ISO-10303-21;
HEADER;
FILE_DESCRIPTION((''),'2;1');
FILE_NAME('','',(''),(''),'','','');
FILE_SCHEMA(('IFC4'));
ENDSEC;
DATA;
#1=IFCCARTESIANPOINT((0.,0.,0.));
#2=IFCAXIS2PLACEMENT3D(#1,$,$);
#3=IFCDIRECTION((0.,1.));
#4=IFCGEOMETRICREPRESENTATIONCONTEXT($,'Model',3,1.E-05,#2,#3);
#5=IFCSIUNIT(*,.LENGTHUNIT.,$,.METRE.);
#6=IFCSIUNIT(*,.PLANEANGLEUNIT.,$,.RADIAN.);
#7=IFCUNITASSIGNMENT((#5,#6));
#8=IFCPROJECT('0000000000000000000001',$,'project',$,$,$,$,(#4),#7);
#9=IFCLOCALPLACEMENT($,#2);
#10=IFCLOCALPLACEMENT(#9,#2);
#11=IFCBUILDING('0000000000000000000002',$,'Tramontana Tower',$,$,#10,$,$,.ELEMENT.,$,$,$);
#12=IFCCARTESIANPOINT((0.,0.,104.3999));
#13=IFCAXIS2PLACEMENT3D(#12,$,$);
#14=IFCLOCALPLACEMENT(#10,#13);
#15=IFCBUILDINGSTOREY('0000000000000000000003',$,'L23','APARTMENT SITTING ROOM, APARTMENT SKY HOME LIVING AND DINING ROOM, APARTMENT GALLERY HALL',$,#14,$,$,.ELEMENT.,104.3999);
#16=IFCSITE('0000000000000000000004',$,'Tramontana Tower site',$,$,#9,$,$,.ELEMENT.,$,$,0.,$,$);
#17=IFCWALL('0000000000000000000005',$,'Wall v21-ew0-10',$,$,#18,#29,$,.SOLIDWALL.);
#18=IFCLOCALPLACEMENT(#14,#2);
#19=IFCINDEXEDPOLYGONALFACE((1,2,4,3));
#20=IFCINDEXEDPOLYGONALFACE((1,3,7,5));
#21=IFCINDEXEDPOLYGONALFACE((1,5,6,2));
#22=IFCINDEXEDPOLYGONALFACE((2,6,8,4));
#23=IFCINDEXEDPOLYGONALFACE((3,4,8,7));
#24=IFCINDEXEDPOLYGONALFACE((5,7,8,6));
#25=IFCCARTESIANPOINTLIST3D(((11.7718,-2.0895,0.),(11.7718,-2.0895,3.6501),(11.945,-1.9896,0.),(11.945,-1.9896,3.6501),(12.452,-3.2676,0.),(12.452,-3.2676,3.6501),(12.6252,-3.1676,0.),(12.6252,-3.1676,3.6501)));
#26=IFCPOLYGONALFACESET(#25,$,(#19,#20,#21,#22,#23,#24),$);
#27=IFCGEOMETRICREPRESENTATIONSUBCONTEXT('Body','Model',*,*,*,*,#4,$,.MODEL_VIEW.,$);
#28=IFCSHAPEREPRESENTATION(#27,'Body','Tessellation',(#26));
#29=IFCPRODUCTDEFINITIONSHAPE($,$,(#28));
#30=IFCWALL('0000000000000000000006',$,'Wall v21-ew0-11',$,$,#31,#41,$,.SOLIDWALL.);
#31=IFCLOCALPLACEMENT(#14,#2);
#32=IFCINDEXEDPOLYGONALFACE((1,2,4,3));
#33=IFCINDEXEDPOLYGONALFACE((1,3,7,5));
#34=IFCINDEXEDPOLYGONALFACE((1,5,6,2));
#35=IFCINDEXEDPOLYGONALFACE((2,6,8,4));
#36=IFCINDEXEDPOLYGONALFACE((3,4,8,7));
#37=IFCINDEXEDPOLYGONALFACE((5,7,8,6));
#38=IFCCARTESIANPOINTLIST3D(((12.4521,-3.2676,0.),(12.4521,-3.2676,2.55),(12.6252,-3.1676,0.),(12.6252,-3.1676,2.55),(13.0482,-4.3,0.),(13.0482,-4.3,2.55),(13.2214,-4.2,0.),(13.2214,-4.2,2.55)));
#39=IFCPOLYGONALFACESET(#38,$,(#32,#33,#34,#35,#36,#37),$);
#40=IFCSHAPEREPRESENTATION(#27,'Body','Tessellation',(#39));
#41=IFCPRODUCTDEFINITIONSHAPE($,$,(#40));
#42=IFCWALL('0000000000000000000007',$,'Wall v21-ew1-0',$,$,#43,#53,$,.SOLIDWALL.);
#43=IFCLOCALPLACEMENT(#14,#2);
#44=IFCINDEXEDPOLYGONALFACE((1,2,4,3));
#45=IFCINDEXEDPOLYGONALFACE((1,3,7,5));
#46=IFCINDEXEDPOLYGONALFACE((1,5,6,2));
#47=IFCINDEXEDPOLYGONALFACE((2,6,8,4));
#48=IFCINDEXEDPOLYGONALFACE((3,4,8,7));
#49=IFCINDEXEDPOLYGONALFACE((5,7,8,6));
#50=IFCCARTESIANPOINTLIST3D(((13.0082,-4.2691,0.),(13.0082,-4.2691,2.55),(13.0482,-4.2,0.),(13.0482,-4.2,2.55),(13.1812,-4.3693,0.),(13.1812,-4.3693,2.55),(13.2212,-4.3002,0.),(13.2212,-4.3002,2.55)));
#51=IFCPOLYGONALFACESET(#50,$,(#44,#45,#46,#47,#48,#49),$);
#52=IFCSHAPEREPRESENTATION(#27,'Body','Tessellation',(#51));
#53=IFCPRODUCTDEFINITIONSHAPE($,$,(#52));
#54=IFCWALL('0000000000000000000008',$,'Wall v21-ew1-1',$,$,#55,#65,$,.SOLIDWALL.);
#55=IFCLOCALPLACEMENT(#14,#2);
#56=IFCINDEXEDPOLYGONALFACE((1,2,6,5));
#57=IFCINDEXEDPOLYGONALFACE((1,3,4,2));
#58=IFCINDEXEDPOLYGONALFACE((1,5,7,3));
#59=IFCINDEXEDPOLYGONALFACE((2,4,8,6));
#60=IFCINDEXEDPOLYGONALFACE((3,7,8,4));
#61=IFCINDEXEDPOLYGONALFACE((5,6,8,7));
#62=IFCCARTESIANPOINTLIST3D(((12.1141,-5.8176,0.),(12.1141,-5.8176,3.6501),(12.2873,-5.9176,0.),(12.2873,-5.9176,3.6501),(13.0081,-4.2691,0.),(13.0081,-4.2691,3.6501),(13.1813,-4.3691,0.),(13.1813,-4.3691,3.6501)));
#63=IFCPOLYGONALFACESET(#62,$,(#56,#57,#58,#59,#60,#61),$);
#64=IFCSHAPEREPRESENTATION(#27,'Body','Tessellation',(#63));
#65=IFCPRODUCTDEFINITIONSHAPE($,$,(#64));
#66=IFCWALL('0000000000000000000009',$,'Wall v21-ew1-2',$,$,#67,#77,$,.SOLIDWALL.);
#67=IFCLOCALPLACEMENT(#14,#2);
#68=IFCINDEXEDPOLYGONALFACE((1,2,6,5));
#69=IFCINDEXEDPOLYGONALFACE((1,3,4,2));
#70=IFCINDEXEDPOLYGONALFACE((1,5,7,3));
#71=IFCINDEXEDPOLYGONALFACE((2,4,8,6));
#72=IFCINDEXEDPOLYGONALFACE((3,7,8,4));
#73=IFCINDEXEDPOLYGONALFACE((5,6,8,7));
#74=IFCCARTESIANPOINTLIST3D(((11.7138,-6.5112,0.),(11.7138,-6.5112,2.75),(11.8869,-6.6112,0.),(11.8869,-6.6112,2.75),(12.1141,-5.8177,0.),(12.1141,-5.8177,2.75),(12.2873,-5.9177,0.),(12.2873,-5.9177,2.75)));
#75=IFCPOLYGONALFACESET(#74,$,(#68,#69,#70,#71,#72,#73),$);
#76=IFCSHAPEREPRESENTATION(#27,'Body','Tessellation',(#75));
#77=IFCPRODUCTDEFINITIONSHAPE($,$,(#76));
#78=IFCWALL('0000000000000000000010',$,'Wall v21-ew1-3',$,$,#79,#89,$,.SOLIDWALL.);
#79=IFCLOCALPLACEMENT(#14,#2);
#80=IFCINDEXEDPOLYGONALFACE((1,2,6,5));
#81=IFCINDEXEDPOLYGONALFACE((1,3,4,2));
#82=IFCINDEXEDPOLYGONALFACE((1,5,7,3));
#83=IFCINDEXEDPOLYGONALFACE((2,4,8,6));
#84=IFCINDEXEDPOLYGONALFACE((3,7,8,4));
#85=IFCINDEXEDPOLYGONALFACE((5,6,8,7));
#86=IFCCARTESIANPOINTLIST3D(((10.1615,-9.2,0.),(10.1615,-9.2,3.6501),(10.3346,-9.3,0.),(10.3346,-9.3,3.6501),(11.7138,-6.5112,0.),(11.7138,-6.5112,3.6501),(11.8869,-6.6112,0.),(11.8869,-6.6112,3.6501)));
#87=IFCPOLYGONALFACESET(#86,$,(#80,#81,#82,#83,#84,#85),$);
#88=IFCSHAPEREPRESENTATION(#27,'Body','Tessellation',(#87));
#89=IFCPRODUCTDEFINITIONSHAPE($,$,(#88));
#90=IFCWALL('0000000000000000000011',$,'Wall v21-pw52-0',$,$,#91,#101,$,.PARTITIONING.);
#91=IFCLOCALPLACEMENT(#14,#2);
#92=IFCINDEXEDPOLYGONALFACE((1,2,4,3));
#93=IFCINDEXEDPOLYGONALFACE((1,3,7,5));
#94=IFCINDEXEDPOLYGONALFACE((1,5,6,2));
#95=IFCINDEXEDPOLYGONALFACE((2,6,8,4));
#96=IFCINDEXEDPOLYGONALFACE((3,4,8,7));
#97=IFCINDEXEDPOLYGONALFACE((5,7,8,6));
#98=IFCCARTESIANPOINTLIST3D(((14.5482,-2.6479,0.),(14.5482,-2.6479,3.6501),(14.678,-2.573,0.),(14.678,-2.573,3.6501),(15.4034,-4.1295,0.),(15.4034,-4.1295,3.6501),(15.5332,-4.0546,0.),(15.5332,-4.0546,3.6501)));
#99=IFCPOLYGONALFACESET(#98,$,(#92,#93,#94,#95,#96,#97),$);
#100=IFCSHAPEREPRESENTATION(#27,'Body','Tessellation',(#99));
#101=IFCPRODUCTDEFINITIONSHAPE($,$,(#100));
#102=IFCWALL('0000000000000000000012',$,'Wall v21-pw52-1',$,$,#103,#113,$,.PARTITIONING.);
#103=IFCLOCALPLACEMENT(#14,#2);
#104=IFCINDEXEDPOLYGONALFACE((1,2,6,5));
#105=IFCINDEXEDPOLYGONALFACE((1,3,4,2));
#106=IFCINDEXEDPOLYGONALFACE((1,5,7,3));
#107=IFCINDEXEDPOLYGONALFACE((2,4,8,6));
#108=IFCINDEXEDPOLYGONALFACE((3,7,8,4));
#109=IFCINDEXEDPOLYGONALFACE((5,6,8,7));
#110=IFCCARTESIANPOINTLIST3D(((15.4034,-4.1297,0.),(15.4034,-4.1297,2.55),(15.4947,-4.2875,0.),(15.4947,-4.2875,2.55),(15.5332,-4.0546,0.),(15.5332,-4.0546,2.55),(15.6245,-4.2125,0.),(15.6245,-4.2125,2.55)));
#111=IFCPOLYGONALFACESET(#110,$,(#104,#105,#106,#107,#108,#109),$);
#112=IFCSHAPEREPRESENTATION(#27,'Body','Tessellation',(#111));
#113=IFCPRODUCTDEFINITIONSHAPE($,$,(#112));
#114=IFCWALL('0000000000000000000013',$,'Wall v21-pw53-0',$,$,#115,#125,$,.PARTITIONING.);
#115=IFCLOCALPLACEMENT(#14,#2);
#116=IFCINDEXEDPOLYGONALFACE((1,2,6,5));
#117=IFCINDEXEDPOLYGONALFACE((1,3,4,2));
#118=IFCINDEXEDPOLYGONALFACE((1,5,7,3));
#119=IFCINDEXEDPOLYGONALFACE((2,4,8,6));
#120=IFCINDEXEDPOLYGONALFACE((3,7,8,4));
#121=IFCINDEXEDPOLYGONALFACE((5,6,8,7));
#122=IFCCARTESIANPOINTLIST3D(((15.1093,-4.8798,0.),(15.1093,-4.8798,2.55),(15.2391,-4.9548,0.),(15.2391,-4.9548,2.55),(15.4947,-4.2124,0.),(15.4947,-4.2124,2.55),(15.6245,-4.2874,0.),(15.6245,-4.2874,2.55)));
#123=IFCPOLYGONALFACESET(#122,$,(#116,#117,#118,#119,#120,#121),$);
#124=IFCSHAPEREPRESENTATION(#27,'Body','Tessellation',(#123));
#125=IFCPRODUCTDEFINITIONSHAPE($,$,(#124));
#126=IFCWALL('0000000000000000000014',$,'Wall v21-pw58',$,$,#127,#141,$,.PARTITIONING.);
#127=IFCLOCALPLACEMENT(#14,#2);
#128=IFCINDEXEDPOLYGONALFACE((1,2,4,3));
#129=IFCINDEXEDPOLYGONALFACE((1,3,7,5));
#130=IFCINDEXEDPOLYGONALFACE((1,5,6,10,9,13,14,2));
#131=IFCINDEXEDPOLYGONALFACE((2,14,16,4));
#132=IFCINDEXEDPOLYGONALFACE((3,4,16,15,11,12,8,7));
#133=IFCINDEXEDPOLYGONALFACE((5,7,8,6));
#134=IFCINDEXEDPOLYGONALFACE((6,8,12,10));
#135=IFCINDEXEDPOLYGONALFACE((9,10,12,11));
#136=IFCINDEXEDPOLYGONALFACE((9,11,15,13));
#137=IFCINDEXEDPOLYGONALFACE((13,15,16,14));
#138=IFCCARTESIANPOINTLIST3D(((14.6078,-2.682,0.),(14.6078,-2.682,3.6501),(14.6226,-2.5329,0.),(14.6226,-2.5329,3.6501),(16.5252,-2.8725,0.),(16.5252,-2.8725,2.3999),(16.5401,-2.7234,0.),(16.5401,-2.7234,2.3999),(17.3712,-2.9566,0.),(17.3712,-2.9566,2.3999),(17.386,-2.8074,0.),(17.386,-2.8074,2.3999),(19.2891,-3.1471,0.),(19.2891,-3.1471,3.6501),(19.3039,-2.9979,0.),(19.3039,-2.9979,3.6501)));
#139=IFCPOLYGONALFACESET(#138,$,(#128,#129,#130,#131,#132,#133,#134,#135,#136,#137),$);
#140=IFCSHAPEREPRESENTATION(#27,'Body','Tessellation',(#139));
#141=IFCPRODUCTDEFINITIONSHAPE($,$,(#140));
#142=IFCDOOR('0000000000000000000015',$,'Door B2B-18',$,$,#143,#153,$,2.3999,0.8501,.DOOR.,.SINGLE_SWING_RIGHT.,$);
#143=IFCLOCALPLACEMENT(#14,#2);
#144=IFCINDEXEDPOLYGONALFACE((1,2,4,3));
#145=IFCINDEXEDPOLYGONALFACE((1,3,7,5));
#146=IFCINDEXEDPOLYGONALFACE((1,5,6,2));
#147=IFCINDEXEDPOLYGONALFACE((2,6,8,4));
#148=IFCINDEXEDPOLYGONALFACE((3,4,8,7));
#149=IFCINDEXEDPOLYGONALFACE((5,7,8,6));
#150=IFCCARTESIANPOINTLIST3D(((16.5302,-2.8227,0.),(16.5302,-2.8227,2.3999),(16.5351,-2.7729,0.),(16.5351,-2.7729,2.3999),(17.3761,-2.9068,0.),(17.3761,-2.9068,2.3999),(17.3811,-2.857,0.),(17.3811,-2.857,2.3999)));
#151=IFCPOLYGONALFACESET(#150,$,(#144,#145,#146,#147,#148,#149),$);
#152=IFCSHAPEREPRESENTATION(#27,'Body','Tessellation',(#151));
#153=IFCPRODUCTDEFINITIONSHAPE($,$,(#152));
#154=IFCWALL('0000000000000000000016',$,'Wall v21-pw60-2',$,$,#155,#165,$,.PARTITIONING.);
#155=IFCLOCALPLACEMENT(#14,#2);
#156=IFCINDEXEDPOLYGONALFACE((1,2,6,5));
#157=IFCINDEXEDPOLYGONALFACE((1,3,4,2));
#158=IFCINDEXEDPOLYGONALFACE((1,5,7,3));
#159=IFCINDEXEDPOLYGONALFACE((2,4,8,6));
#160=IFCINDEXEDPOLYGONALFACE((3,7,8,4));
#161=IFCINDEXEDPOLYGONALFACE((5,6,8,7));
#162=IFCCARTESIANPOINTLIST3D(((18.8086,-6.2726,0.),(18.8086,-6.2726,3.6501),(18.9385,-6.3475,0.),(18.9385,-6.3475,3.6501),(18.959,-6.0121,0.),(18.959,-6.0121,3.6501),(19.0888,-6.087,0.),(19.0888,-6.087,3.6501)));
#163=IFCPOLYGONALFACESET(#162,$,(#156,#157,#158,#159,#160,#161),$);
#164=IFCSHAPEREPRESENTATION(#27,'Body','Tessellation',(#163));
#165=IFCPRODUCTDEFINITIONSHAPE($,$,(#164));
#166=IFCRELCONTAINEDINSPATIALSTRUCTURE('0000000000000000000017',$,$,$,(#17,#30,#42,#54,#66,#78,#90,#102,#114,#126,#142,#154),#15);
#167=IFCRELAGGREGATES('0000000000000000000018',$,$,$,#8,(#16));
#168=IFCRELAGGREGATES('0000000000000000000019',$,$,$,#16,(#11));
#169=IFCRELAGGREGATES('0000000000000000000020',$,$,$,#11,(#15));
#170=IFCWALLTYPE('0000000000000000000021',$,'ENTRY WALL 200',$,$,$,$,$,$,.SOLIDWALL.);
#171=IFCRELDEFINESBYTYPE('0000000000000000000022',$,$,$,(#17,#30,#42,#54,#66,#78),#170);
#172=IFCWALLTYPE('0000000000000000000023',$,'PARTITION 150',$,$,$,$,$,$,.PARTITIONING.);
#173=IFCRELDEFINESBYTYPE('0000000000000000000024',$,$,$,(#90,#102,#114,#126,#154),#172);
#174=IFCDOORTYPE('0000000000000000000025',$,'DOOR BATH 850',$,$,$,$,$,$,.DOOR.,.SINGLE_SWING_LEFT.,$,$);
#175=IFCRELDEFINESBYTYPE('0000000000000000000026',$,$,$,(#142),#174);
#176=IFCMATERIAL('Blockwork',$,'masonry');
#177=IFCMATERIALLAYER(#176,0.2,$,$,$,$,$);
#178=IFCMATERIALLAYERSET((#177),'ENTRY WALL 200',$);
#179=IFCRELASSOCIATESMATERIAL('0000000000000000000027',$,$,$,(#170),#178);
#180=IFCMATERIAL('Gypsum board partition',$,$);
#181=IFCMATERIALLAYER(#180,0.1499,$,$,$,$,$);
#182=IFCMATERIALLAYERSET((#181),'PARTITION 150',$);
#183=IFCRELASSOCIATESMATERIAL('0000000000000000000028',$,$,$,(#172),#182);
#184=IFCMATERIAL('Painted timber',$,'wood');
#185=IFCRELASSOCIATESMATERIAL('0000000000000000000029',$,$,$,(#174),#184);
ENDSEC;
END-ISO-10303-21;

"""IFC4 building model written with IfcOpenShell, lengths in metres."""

from ifc_helpers import new_model, si_unit, direction, frame, frame_2d, origin, place, context, subcontext, project, spatial, rectangle, extrude, material, layer, layer_set, type_object, element, fill, save


model = new_model("IFC4")

# Units and contexts
model_context = context("Model", 3, precision=1e-05, world=origin(), true_north=direction((0.0, 1.0)))
body_context = subcontext(model_context, "Body", "Model", "MODEL_VIEW")
ifc_project = project(units=[si_unit("LENGTHUNIT", "METRE"), si_unit("PLANEANGLEUNIT", "RADIAN")], contexts=[model_context])

# Site, building, storey
site_placement = place(None, origin())
site = spatial("IfcSite", under=ifc_project, at=site_placement, Name="Tramontana Tower site", CompositionType="ELEMENT", RefElevation=0.0)
building_placement = place(site_placement, origin())
building = spatial("IfcBuilding", under=site, at=building_placement, Name="Tramontana Tower", CompositionType="ELEMENT")
storey_placement = place(building_placement, frame((0.0, 0.0, 104.3999)))
storey = spatial("IfcBuildingStorey", under=building, at=storey_placement, Name="L23", Description="APARTMENT SITTING ROOM, APARTMENT SKY HOME LIVING AND DINING ROOM, APARTMENT GALLERY HALL", CompositionType="ELEMENT", Elevation=104.3999)

# Walls
ifc_material_1 = material(Name="Blockwork", Category="masonry")
ifc_layer_1 = layer(ifc_material_1, 0.2)
ifc_layer_set_1 = layer_set([ifc_layer_1], Name="ENTRY WALL 200")
wall_type_1 = type_object("IfcWallType", Name="ENTRY WALL 200", PredefinedType="SOLIDWALL", material=ifc_layer_set_1)
wall_1_placement = place(storey_placement, frame((11.8584, -2.0396, 0.0), z_axis=(0.0, 0.0, 1.0), x_axis=(0.500038, -0.866003, 0.0)))
element("IfcWall", 1, at=wall_1_placement, inside=storey, type_object=wall_type_1, Name="Wall v21-ew0-10", PredefinedType="SOLIDWALL", context=body_context, shape_type="SweptSolid", body=[
    extrude(rectangle(XDim=1.3604, YDim=0.2, at=frame_2d((0.6802, 0.0))), origin(), (0.0, 0.0, 1.0), 3.6501),
])
wall_2_placement = place(storey_placement, frame((12.5386, -3.2175, 0.0), z_axis=(0.0, 0.0, 1.0), x_axis=(0.500059, -0.865991, 0.0)))
element("IfcWall", 2, at=wall_2_placement, inside=storey, type_object=wall_type_1, Name="Wall v21-ew0-11", PredefinedType="SOLIDWALL", context=body_context, shape_type="SweptSolid", body=[
    extrude(rectangle(XDim=1.1921, YDim=0.2, at=frame_2d((0.5962, 0.0))), origin(), (0.0, 0.0, 1.0), 2.55),
])
wall_3_placement = place(storey_placement, frame((13.1348, -4.25, 0.0), z_axis=(0.0, 0.0, 1.0), x_axis=(-0.501398, -0.865217, 0.0)))
element("IfcWall", 3, at=wall_3_placement, inside=storey, type_object=wall_type_1, Name="Wall v21-ew1-0", PredefinedType="SOLIDWALL", context=body_context, shape_type="SweptSolid", body=[
    extrude(rectangle(XDim=0.0798, YDim=0.2, at=frame_2d((0.04, 0.0))), origin(), (0.0, 0.0, 1.0), 2.55),
])
wall_4_placement = place(storey_placement, frame((13.0947, -4.3191, 0.0), z_axis=(0.0, 0.0, 1.0), x_axis=(-0.499986, -0.866033, 0.0)))
element("IfcWall", 4, at=wall_4_placement, inside=storey, type_object=wall_type_1, Name="Wall v21-ew1-1", PredefinedType="SOLIDWALL", context=body_context, shape_type="SweptSolid", body=[
    extrude(rectangle(XDim=1.7881, YDim=0.2, at=frame_2d((0.894, 0.0))), origin(), (0.0, 0.0, 1.0), 3.6501),
])
wall_5_placement = place(storey_placement, frame((12.2007, -5.8677, 0.0), z_axis=(0.0, 0.0, 1.0), x_axis=(-0.499942, -0.866059, 0.0)))
element("IfcWall", 5, at=wall_5_placement, inside=storey, type_object=wall_type_1, Name="Wall v21-ew1-2", PredefinedType="SOLIDWALL", context=body_context, shape_type="SweptSolid", body=[
    extrude(rectangle(XDim=0.8008, YDim=0.2, at=frame_2d((0.4004, 0.0))), origin(), (0.0, 0.0, 1.0), 2.75),
])
wall_6_placement = place(storey_placement, frame((11.8003, -6.5613, 0.0), z_axis=(0.0, 0.0, 1.0), x_axis=(-0.499979, -0.866038, 0.0)))
element("IfcWall", 6, at=wall_6_placement, inside=storey, type_object=wall_type_1, Name="Wall v21-ew1-3", PredefinedType="SOLIDWALL", context=body_context, shape_type="SweptSolid", body=[
    extrude(rectangle(XDim=3.1047, YDim=0.2, at=frame_2d((1.5522, 0.0))), origin(), (0.0, 0.0, 1.0), 3.6501),
])
ifc_material_2 = material(Name="Gypsum board partition")
ifc_layer_2 = layer(ifc_material_2, 0.1499)
ifc_layer_set_2 = layer_set([ifc_layer_2], Name="PARTITION 150")
wall_type_2 = type_object("IfcWallType", Name="PARTITION 150", PredefinedType="PARTITIONING", material=ifc_layer_set_2)
wall_7_placement = place(storey_placement, frame((14.613, -2.6104, 0.0), z_axis=(0.0, 0.0, 1.0), x_axis=(0.4999, -0.866083, 0.0)))
element("IfcWall", 7, at=wall_7_placement, inside=storey, type_object=wall_type_2, Name="Wall v21-pw52-0", PredefinedType="PARTITIONING", context=body_context, shape_type="SweptSolid", body=[
    extrude(rectangle(XDim=1.7107, YDim=0.1499, at=frame_2d((0.8555, 0.0))), origin(), (0.0, 0.0, 1.0), 3.6501),
])
wall_8_placement = place(storey_placement, frame((15.4683, -4.092, 0.0), z_axis=(0.0, 0.0, 1.0), x_axis=(0.500456, -0.865762, 0.0)))
element("IfcWall", 8, at=wall_8_placement, inside=storey, type_object=wall_type_2, Name="Wall v21-pw52-1", PredefinedType="PARTITIONING", context=body_context, shape_type="SweptSolid", body=[
    extrude(rectangle(XDim=0.1824, YDim=0.1499, at=frame_2d((0.0913, 0.0))), origin(), (0.0, 0.0, 1.0), 2.55),
])
wall_9_placement = place(storey_placement, frame((15.5596, -4.25, 0.0), z_axis=(0.0, 0.0, 1.0), x_axis=(-0.500125, -0.865953, 0.0)))
element("IfcWall", 9, at=wall_9_placement, inside=storey, type_object=wall_type_2, Name="Wall v21-pw53-0", PredefinedType="PARTITIONING", context=body_context, shape_type="SweptSolid", body=[
    extrude(rectangle(XDim=0.7708, YDim=0.1499, at=frame_2d((0.3853, 0.0))), origin(), (0.0, 0.0, 1.0), 2.55),
])

# Wall, opening, door
wall_10_placement = place(storey_placement, frame((19.2964, -3.0725, 0.0), z_axis=(0.0, 0.0, 1.0), x_axis=(-0.995101, 0.098861, 0.0)))
wall_10 = element("IfcWall", 10, at=wall_10_placement, inside=storey, type_object=wall_type_2, Name="Wall v21-pw58", PredefinedType="PARTITIONING", context=body_context, shape_type="SweptSolid", body=[
    extrude(rectangle(XDim=4.7043, YDim=0.1499, at=frame_2d((2.3521, 0.0))), origin(), (0.0, 0.0, 1.0), 3.6501),
])
opening_1_placement = place(wall_10_placement, frame((1.9272, 0.0, 0.0)))
opening_1 = element("IfcOpeningElement", 11, at=opening_1_placement, cuts=wall_10, PredefinedType="OPENING", context=body_context, shape_type="SweptSolid", body=[
    extrude(rectangle(XDim=0.8501, YDim=2.3999, at=frame_2d((0.425, 1.2))), frame((0.0, 0.085, 0.0), z_axis=(0.0, -1.0, 0.0), x_axis=(1.0, 0.0, 0.0)), (0.0, 0.0, 1.0), 0.1699),
])
ifc_material_3 = material(Name="Painted timber", Category="wood")
door_type_1 = type_object("IfcDoorType", Name="DOOR BATH 850", OperationType="SINGLE_SWING_LEFT", PredefinedType="DOOR", material=ifc_material_3)
door_1_placement = place(opening_1_placement, origin())
door_1 = element("IfcDoor", 12, at=door_1_placement, inside=storey, type_object=door_type_1, Name="Door B2B-18", OperationType="SINGLE_SWING_RIGHT", OverallHeight=2.3999, OverallWidth=0.8501, PredefinedType="DOOR", context=body_context, shape_type="SweptSolid", body=[
    extrude(rectangle(XDim=0.8501, YDim=2.3999, at=frame_2d((0.425, 1.2))), frame((0.0, 0.0249, 0.0), z_axis=(0.0, -1.0, 0.0), x_axis=(1.0, 0.0, 0.0)), (0.0, 0.0, 1.0), 0.05),
])
fill(opening_1, door_1)

# Wall
wall_11_placement = place(storey_placement, frame((19.0239, -6.0496, 0.0), z_axis=(0.0, 0.0, 1.0), x_axis=(-0.49998, -0.866037, 0.0)))
element("IfcWall", 13, at=wall_11_placement, inside=storey, type_object=wall_type_2, Name="Wall v21-pw60-2", PredefinedType="PARTITIONING", context=body_context, shape_type="SweptSolid", body=[
    extrude(rectangle(XDim=0.3008, YDim=0.1499, at=frame_2d((0.1504, 0.0))), origin(), (0.0, 0.0, 1.0), 3.6501),
])

save(model, "model.ifc")
